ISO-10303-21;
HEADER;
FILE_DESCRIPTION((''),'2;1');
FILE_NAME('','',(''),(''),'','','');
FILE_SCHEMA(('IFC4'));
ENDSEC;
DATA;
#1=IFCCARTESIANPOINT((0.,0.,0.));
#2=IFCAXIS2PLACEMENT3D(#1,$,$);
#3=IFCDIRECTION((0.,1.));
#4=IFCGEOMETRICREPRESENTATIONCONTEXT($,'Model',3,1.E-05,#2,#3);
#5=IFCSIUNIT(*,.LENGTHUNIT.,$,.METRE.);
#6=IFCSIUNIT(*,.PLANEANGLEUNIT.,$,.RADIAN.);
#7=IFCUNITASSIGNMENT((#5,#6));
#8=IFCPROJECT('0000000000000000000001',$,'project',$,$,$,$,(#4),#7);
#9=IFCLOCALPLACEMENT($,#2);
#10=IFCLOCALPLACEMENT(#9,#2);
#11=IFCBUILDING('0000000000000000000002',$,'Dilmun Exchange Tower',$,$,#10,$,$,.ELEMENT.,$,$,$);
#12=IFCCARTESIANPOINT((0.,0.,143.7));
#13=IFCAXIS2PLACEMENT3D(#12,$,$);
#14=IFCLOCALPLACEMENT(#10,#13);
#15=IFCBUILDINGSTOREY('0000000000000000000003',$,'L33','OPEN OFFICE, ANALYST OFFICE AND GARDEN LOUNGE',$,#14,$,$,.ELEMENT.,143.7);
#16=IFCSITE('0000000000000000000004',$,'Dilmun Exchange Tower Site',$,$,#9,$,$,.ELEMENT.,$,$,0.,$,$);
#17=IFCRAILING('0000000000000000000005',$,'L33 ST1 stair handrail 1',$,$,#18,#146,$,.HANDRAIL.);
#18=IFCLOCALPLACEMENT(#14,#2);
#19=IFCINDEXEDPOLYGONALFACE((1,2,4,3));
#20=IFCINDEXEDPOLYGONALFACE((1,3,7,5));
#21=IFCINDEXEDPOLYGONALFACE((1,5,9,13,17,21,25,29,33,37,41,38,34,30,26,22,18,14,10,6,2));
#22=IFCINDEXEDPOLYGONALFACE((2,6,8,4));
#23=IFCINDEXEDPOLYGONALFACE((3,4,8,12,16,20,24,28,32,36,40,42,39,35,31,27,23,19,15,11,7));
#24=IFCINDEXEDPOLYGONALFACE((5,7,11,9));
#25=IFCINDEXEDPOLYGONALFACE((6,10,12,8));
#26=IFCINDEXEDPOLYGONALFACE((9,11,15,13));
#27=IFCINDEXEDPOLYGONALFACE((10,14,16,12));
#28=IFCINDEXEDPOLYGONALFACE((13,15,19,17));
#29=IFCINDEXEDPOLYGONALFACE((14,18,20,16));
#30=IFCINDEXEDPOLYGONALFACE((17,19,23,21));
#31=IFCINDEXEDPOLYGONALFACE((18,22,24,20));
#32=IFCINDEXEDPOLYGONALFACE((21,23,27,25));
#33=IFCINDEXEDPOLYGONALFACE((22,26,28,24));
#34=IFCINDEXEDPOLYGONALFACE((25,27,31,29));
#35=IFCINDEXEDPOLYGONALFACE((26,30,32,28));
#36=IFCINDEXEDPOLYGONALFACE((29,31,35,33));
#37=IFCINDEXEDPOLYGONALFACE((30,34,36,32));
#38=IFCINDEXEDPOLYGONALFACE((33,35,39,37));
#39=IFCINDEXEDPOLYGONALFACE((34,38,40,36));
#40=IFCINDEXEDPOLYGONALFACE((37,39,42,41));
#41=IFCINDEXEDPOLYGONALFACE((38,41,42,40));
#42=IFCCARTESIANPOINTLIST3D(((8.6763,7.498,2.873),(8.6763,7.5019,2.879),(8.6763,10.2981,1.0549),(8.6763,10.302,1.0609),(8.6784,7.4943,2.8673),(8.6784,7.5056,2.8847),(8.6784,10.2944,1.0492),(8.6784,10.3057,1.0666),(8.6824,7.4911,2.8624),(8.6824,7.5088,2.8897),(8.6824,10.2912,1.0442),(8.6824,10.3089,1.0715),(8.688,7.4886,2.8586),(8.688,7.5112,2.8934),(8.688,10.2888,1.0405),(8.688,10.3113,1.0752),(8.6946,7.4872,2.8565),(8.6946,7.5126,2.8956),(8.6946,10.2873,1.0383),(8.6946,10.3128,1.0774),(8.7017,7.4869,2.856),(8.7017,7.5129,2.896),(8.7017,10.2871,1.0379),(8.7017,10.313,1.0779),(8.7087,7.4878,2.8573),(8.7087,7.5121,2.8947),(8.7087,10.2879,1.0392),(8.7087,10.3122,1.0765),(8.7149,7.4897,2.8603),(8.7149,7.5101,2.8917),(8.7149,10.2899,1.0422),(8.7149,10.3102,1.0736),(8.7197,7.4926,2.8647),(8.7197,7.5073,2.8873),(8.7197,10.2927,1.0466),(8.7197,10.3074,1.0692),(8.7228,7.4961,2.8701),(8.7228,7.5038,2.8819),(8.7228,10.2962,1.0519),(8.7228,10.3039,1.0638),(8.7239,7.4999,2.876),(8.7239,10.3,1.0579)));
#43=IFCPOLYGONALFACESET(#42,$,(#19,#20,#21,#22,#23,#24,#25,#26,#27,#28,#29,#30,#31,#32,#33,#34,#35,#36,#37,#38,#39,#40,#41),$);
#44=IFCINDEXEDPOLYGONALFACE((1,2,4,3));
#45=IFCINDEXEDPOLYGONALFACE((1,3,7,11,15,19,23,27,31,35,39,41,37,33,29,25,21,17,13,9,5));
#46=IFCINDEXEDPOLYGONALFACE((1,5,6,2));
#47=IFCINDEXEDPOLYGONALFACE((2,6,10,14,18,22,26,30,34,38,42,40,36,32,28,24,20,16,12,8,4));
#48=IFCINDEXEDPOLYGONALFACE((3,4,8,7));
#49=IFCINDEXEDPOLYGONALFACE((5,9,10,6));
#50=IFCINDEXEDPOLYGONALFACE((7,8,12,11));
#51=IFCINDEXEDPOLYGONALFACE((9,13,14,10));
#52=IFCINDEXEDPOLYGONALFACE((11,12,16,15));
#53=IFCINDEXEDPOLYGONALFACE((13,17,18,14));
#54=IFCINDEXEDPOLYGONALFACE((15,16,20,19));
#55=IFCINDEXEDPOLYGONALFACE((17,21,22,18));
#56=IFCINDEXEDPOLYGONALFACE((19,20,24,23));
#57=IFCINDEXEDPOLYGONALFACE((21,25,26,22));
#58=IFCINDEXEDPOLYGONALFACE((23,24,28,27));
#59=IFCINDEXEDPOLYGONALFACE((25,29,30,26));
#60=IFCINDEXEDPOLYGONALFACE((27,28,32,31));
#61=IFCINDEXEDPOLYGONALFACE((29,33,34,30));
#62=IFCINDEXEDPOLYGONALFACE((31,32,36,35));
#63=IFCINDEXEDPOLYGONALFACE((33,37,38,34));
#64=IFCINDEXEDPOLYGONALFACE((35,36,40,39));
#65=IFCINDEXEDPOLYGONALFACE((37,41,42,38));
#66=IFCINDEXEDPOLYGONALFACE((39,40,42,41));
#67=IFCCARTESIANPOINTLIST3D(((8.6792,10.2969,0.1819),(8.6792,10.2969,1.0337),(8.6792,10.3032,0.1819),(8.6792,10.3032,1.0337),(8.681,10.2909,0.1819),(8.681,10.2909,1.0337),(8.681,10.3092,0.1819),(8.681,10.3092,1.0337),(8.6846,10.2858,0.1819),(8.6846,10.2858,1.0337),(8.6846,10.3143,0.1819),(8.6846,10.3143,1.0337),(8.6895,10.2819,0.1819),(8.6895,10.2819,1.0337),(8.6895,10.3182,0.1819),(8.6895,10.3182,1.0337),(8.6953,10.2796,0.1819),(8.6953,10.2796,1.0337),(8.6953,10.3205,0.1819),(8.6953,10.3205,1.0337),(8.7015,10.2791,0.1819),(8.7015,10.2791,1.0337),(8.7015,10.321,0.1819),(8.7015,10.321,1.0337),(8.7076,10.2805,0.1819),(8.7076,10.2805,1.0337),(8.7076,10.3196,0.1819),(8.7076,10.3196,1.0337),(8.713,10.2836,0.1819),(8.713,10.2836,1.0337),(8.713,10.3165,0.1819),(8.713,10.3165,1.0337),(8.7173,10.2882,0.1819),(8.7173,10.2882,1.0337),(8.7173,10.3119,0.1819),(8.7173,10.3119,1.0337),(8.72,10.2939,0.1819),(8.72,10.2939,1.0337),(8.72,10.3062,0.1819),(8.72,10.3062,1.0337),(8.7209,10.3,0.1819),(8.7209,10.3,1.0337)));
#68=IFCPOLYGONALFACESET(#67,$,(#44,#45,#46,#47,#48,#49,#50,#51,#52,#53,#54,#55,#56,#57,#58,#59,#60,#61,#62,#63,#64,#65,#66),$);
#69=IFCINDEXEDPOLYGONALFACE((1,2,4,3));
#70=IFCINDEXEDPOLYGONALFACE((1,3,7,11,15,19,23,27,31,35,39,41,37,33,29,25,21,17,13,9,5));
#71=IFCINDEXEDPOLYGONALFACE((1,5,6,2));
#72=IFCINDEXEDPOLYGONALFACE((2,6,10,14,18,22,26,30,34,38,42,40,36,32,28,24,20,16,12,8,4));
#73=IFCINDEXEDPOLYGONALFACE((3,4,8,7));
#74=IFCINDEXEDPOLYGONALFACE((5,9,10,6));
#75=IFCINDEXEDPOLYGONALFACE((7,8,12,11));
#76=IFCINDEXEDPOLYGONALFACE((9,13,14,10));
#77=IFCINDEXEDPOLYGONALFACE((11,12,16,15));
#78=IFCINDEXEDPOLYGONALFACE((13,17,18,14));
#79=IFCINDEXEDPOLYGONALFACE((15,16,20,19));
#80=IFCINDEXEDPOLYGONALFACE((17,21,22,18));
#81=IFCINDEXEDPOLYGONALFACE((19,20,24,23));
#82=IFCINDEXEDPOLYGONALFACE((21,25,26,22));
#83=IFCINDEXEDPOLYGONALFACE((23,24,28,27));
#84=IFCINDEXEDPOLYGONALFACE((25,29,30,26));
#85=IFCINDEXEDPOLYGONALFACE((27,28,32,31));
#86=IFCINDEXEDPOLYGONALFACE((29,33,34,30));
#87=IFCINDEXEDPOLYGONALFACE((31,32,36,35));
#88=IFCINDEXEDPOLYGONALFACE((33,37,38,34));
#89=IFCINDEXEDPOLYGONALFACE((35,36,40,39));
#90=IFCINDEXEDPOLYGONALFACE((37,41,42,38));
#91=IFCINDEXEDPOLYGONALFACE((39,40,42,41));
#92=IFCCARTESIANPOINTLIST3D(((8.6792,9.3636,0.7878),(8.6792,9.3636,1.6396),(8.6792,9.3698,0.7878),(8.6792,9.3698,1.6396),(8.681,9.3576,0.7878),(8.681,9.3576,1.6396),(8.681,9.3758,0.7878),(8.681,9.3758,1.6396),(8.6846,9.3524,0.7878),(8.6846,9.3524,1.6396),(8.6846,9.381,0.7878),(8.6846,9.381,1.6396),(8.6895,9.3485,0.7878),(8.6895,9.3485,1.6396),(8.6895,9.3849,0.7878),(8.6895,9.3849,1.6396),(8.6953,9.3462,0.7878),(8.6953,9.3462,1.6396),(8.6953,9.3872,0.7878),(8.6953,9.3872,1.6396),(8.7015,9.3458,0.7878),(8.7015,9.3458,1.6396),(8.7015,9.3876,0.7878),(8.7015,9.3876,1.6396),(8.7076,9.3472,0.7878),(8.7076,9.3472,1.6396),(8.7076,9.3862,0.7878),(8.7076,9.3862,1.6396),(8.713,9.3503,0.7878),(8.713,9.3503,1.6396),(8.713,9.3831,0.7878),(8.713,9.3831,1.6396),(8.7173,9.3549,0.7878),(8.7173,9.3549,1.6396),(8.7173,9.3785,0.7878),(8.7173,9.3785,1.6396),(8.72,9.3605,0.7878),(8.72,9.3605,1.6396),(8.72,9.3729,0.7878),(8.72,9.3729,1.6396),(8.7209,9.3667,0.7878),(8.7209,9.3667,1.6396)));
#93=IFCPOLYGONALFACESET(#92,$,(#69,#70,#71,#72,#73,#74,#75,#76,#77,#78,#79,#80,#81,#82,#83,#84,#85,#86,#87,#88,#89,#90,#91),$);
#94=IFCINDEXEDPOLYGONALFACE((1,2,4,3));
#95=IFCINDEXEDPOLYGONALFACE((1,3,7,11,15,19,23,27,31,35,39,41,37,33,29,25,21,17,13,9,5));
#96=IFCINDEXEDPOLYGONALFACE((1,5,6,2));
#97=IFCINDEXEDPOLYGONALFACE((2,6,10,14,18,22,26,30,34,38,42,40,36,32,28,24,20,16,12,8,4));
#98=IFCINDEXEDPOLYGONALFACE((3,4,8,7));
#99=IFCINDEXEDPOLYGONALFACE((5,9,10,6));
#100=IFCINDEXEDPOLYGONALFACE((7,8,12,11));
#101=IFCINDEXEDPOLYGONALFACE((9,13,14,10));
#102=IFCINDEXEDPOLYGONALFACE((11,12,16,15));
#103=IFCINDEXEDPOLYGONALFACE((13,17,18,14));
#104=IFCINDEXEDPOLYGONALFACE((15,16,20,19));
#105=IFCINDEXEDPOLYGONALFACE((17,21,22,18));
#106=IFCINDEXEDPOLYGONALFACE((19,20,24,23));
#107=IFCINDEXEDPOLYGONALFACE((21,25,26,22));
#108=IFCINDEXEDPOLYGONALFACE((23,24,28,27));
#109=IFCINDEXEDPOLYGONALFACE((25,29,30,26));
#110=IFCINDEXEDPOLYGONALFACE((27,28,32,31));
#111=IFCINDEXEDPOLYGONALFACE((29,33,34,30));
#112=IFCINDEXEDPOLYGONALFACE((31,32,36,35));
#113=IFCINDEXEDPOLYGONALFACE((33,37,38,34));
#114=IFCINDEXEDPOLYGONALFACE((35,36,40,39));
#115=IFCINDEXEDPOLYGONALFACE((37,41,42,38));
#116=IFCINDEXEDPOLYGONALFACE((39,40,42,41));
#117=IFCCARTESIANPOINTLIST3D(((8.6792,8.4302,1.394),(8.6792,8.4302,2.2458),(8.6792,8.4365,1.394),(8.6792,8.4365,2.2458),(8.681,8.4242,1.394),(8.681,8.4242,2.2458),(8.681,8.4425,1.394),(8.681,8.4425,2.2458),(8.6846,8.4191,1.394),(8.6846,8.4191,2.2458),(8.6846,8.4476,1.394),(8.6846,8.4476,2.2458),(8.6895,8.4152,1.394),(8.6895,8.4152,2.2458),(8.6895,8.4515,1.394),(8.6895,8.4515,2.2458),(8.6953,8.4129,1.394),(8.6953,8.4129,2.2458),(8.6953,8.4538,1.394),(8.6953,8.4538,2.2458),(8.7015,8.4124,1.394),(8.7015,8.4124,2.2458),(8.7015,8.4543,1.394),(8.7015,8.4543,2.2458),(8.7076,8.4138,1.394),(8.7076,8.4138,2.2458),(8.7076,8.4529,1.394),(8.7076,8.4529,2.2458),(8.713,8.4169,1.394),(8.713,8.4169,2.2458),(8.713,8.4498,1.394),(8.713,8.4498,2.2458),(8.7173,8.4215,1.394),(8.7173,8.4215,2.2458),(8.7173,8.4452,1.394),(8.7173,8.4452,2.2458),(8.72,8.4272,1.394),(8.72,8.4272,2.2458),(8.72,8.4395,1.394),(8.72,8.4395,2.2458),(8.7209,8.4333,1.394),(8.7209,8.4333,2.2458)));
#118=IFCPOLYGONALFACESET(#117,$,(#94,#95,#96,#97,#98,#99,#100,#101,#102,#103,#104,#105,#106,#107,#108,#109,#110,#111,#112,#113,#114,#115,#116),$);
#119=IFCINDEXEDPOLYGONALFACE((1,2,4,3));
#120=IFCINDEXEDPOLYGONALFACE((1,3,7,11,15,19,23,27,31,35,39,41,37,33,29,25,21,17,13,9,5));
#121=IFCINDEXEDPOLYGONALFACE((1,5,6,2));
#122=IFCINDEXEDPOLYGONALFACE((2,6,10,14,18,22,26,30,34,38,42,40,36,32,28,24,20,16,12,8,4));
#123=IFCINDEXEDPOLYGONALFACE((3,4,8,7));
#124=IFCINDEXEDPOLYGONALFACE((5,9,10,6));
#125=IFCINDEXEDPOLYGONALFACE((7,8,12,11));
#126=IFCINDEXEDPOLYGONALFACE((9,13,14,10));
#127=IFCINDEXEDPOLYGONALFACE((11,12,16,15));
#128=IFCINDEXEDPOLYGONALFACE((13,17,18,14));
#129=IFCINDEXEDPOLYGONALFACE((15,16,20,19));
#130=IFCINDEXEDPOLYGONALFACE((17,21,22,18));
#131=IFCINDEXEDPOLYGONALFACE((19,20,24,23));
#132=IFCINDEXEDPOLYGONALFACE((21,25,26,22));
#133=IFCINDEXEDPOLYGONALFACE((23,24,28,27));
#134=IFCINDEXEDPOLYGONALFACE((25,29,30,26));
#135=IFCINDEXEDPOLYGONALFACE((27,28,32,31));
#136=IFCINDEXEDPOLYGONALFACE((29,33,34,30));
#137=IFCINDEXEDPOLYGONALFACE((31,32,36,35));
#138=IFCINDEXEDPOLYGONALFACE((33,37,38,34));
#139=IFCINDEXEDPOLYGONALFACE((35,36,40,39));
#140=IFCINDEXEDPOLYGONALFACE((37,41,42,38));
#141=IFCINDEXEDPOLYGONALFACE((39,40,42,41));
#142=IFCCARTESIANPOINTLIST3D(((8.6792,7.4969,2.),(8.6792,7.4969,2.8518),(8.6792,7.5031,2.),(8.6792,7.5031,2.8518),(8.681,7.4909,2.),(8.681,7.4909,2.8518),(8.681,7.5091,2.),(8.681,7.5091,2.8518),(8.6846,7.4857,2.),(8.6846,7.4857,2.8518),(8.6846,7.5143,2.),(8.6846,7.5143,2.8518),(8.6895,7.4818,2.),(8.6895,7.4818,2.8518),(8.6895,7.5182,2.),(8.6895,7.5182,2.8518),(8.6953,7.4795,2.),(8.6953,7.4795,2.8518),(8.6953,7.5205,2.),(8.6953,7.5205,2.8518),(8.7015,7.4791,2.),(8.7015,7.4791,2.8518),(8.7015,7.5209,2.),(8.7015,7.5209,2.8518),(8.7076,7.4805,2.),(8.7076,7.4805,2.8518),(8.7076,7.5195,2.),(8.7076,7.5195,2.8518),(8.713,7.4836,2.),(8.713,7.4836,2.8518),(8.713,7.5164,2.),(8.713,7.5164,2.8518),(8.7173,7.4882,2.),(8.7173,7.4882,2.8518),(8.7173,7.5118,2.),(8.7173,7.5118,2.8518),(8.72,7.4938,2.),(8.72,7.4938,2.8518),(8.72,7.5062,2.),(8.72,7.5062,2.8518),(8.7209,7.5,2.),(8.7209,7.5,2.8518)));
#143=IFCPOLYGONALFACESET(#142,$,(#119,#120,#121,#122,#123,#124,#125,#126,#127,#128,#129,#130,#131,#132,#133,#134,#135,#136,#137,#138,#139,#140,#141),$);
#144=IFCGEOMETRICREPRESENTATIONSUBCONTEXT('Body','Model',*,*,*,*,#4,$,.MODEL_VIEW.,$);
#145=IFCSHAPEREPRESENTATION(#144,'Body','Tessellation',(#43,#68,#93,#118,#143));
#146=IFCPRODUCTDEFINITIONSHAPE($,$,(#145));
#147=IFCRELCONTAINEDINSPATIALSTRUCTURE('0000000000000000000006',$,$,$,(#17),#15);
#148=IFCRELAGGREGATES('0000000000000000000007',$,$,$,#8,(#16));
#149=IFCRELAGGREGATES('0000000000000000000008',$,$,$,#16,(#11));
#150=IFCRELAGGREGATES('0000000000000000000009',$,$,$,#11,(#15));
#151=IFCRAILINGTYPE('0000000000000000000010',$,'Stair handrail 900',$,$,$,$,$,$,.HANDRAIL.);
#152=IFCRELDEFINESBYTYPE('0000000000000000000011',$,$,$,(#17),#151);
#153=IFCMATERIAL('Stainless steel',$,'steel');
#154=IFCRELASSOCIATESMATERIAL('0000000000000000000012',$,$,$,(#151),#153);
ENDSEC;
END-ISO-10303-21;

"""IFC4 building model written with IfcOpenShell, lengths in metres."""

from ifc_helpers import new_model, si_unit, direction, frame, origin, origin_2d, place, context, subcontext, project, spatial, circle, extrude, material, type_object, element, save


model = new_model("IFC4")

# Units and contexts
model_context = context("Model", 3, precision=1e-05, world=origin(), true_north=direction((0.0, 1.0)))
body_context = subcontext(model_context, "Body", "Model", "MODEL_VIEW")
ifc_project = project(units=[si_unit("LENGTHUNIT", "METRE"), si_unit("PLANEANGLEUNIT", "RADIAN")], contexts=[model_context])

# Site, building, storey
site_placement = place(None, origin())
site = spatial("IfcSite", under=ifc_project, at=site_placement, Name="Dilmun Exchange Tower Site", CompositionType="ELEMENT", RefElevation=0.0)
building_placement = place(site_placement, origin())
building = spatial("IfcBuilding", under=site, at=building_placement, Name="Dilmun Exchange Tower", CompositionType="ELEMENT")
storey_placement = place(building_placement, frame((0.0, 0.0, 143.7)))
storey = spatial("IfcBuildingStorey", under=building, at=storey_placement, Name="L33", Description="OPEN OFFICE, ANALYST OFFICE AND GARDEN LOUNGE", CompositionType="ELEMENT", Elevation=143.7)

# Railing
ifc_material_1 = material(Name="Stainless steel", Category="steel")
railing_type = type_object("IfcRailingType", Name="Stair handrail 900", PredefinedType="HANDRAIL", material=ifc_material_1)
railing_1_placement = place(storey_placement, frame((8.7, 10.3, 0.1819)))
element("IfcRailing", 1, at=railing_1_placement, inside=storey, type_object=railing_type, Name="L33 ST1 stair handrail 1", PredefinedType="HANDRAIL", context=body_context, shape_type="SweptSolid", body=[
    extrude(circle(Radius=0.0239, at=origin_2d()), frame((0.0, 0.0, 0.876), z_axis=(0.0, -0.838706, 0.544585), x_axis=(1.0, 0.0, 0.0)), (0.0, 0.0, 1.0), 3.3386),
    extrude(circle(Radius=0.021, at=origin_2d()), origin(), (0.0, 0.0, 1.0), 0.8518),
    extrude(circle(Radius=0.021, at=origin_2d()), frame((0.0, -0.9333, 0.606)), (0.0, 0.0, 1.0), 0.8518),
    extrude(circle(Radius=0.021, at=origin_2d()), frame((0.0, -1.8667, 1.2122)), (0.0, 0.0, 1.0), 0.8518),
    extrude(circle(Radius=0.021, at=origin_2d()), frame((0.0, -2.8, 1.8181)), (0.0, 0.0, 1.0), 0.8518),
])

save(model, "model.ifc")
